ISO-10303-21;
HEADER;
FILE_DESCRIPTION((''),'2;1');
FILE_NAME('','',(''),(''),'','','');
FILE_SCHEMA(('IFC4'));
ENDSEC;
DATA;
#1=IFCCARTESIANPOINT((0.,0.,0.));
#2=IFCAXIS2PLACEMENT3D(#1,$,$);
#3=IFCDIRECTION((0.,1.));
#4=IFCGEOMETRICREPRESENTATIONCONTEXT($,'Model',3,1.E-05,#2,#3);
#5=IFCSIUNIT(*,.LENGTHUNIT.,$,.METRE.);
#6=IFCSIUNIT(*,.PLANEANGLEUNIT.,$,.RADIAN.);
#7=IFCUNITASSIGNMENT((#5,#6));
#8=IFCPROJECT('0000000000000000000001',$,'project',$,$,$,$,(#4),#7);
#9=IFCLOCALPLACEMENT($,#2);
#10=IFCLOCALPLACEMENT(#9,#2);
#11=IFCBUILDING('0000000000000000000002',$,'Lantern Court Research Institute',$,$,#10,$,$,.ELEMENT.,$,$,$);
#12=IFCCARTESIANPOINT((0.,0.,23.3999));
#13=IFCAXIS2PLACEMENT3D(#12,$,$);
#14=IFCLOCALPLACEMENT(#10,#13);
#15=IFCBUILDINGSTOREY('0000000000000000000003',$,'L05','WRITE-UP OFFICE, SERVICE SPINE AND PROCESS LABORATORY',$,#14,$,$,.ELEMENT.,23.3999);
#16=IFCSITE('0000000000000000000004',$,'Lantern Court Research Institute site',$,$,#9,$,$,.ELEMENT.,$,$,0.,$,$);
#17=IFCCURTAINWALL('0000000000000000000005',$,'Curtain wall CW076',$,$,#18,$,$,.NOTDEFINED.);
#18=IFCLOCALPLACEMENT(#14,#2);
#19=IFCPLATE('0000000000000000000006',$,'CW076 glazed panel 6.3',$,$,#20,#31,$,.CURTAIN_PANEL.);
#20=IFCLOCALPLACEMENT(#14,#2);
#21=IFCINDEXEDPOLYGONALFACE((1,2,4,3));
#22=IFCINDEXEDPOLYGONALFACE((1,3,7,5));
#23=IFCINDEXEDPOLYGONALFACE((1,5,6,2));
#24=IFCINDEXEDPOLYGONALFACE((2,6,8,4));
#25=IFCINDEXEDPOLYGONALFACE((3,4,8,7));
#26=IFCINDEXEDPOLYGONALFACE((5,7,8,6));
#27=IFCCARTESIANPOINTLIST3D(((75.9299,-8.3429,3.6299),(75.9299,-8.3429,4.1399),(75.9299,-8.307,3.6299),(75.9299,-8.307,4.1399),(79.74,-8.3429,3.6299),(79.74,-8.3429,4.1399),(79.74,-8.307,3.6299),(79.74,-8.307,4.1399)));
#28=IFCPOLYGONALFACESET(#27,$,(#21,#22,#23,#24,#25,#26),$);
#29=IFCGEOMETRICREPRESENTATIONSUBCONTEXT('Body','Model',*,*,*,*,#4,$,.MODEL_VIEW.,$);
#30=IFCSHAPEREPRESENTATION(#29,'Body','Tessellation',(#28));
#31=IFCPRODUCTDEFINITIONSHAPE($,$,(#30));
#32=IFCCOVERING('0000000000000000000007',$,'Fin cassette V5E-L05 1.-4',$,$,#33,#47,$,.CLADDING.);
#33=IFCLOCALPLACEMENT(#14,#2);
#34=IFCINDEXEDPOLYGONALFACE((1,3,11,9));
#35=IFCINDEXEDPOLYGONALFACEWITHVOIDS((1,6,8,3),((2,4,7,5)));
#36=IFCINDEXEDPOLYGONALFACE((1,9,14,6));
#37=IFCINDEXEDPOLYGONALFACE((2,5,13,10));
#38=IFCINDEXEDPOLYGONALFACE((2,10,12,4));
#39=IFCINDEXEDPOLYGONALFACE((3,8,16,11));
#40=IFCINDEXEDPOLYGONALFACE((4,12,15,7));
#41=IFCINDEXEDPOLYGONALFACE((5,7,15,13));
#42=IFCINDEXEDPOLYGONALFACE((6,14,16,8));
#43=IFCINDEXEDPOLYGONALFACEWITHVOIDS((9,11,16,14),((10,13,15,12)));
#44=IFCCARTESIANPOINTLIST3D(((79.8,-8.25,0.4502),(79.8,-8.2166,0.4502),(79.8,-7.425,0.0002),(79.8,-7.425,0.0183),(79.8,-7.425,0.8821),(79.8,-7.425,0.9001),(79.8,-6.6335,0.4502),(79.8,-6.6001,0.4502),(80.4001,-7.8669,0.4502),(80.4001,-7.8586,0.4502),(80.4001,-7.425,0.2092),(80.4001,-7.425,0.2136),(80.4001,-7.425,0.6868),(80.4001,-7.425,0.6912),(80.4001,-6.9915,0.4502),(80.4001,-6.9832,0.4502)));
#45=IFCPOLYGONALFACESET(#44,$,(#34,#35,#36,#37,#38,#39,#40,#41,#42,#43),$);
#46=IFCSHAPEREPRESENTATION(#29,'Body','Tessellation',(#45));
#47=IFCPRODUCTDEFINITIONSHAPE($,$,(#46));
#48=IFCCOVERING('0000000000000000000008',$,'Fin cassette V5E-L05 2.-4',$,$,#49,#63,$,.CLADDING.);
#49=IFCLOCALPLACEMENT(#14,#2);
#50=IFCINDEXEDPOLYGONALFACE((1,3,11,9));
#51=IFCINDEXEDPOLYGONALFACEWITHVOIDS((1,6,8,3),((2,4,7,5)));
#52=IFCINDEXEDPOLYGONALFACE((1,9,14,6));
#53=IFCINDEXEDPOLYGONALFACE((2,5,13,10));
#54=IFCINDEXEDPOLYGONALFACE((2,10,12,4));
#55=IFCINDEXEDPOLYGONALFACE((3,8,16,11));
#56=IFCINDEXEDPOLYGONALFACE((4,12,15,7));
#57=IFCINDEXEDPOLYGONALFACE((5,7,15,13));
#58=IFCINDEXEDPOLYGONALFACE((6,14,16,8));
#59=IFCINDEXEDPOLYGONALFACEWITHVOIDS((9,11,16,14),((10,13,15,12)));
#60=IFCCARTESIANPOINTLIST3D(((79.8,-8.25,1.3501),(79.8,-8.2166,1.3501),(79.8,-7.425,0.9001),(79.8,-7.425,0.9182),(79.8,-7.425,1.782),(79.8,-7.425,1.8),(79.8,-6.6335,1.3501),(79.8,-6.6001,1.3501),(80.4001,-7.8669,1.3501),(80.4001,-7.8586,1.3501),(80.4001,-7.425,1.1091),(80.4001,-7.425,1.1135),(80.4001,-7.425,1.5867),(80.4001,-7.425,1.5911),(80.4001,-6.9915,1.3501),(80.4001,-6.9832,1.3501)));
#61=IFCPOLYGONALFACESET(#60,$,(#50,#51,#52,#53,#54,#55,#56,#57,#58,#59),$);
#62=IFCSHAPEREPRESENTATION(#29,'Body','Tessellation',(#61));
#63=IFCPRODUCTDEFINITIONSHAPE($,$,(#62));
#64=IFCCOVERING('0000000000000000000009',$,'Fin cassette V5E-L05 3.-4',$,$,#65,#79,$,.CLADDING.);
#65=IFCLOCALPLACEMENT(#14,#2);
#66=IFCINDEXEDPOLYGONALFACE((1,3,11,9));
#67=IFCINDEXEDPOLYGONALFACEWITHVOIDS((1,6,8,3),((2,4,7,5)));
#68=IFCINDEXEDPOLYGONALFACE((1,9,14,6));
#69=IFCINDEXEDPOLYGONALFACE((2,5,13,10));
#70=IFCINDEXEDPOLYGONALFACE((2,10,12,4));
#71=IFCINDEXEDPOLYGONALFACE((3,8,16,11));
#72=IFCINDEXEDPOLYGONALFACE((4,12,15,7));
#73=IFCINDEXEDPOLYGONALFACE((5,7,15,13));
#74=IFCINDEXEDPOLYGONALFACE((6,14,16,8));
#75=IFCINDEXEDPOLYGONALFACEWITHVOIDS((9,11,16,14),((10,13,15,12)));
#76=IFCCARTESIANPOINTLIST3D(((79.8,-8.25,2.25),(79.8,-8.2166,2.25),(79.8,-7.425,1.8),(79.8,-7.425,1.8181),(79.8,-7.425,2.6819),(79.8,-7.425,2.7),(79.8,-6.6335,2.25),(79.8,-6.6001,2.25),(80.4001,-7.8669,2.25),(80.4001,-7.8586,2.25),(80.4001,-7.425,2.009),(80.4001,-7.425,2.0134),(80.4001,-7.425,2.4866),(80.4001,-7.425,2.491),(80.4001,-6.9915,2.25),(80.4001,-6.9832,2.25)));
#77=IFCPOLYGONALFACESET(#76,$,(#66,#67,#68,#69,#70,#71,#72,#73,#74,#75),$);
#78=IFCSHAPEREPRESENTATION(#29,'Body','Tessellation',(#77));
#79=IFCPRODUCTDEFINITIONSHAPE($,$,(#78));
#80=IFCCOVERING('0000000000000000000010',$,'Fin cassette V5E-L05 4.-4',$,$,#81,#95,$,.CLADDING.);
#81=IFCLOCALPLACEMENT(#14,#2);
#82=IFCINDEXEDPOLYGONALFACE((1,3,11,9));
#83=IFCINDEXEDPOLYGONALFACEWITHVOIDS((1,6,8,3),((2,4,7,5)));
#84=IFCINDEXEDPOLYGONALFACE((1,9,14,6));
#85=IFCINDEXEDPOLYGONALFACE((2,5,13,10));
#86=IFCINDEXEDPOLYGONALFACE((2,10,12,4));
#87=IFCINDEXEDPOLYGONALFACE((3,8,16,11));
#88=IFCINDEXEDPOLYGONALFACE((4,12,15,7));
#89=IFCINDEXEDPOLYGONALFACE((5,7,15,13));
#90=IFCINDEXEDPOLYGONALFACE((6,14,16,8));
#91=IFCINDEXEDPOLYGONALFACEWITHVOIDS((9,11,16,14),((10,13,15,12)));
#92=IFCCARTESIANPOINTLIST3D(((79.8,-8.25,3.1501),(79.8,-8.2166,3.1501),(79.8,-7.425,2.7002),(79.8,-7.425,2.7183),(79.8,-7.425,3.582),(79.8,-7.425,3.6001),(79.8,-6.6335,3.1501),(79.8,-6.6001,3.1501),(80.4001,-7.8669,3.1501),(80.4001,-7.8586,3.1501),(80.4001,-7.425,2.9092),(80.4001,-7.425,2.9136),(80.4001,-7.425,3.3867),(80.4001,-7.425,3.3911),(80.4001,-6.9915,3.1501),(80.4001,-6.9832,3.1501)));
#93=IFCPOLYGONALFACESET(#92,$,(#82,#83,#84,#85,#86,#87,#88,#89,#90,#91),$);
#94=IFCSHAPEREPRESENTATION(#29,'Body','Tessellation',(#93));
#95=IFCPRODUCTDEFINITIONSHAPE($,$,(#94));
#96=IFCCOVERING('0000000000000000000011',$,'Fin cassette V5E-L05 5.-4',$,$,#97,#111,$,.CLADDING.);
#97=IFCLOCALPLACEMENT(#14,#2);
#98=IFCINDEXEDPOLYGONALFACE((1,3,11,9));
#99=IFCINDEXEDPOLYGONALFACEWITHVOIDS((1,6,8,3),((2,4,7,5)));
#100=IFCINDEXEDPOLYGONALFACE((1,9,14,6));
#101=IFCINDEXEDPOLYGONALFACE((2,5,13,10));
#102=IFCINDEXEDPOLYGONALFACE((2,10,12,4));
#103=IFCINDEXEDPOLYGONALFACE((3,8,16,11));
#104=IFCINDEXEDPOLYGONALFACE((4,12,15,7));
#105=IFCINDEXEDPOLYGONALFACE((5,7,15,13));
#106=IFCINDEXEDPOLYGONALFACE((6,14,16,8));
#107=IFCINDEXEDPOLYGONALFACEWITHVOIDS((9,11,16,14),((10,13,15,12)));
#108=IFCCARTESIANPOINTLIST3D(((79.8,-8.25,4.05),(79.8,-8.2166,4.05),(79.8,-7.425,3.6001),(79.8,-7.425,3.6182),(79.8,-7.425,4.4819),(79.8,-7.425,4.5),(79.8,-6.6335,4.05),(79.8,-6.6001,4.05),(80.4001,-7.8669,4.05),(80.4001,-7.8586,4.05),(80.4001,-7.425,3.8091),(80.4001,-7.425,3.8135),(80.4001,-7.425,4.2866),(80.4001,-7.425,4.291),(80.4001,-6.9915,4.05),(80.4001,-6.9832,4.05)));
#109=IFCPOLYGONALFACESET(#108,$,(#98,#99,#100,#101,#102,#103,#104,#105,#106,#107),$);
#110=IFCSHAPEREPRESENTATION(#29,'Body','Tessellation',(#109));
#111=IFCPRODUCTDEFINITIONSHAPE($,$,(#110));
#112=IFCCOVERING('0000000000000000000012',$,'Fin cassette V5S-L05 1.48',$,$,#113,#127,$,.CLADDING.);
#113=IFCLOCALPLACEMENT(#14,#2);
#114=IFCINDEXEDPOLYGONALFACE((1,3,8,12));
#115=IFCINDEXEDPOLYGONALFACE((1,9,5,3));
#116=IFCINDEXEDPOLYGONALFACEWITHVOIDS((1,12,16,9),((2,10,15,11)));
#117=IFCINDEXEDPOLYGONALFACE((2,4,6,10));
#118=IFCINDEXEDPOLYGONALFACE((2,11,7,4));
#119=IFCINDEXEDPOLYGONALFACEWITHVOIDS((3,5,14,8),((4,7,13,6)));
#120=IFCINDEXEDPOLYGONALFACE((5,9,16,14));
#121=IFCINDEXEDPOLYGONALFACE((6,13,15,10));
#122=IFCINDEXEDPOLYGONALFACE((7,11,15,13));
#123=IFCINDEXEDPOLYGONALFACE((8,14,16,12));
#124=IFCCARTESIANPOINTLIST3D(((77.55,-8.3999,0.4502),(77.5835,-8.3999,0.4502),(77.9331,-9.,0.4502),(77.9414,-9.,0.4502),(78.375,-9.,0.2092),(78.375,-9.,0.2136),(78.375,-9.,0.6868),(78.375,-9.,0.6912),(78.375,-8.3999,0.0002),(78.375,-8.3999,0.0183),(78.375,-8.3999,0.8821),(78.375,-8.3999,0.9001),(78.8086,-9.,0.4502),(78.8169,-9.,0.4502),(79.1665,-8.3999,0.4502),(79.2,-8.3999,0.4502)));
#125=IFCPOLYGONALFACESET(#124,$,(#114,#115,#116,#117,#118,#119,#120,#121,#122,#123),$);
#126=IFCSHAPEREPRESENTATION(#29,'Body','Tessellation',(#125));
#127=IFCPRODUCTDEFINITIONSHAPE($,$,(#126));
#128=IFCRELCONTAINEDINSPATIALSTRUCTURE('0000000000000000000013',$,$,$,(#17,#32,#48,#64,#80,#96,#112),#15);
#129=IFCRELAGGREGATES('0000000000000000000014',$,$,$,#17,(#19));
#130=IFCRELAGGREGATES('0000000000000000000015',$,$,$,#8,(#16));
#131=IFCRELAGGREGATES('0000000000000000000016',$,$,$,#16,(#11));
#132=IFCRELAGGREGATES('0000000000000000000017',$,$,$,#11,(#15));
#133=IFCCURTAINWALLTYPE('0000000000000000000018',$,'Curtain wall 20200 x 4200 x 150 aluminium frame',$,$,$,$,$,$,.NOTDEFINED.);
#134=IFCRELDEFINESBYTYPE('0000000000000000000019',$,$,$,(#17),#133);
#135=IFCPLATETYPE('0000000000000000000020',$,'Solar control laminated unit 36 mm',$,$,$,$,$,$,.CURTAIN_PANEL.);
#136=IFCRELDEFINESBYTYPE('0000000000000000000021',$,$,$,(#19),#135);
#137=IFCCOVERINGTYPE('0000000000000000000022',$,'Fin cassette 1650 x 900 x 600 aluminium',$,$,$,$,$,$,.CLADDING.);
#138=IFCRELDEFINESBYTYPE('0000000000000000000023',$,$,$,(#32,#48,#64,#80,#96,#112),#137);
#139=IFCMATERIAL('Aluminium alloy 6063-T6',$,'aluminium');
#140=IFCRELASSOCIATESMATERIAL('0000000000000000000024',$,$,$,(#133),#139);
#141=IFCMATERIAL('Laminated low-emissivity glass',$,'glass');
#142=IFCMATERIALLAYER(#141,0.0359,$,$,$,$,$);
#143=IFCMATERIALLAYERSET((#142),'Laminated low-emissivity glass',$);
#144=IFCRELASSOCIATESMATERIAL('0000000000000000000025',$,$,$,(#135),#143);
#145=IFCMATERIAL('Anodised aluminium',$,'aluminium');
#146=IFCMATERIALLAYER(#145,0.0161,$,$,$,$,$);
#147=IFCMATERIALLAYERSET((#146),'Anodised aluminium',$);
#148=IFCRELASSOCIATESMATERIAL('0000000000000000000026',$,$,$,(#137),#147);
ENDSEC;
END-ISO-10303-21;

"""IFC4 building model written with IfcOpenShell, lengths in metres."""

from ifc_helpers import new_model, entity, si_unit, direction, frame, origin, origin_2d, place, context, subcontext, project, spatial, rectangle, extrude, material, layer, layer_set, type_object, element, aggregate, save


model = new_model("IFC4")

# Units and contexts
model_context = context("Model", 3, precision=1e-05, world=origin(), true_north=direction((0.0, 1.0)))
body_context = subcontext(model_context, "Body", "Model", "MODEL_VIEW")
ifc_project = project(units=[si_unit("LENGTHUNIT", "METRE"), si_unit("PLANEANGLEUNIT", "RADIAN")], contexts=[model_context])

# Site, building, storey
site_placement = place(None, origin())
site = spatial("IfcSite", under=ifc_project, at=site_placement, Name="Lantern Court Research Institute site", CompositionType="ELEMENT", RefElevation=0.0)
building_placement = place(site_placement, origin())
building = spatial("IfcBuilding", under=site, at=building_placement, Name="Lantern Court Research Institute", CompositionType="ELEMENT")
storey_placement = place(building_placement, frame((0.0, 0.0, 23.3999)))
storey = spatial("IfcBuildingStorey", under=building, at=storey_placement, Name="L05", Description="WRITE-UP OFFICE, SERVICE SPINE AND PROCESS LABORATORY", CompositionType="ELEMENT", Elevation=23.3999)

# Curtain wall
ifc_material_1 = material(Name="Aluminium alloy 6063-T6", Category="aluminium")
curtain_wall_type_1 = type_object("IfcCurtainWallType", Name="Curtain wall 20200 x 4200 x 150 aluminium frame", PredefinedType="NOTDEFINED", material=ifc_material_1)
curtain_wall_1_placement = place(storey_placement, origin())
curtain_wall_1 = element("IfcCurtainWall", 1, at=curtain_wall_1_placement, inside=storey, type_object=curtain_wall_type_1, Name="Curtain wall CW076", PredefinedType="NOTDEFINED")

# Plate
ifc_material_2 = material(Name="Laminated low-emissivity glass", Category="glass")
ifc_layer_1 = layer(ifc_material_2, 0.0359)
ifc_layer_set_1 = layer_set([ifc_layer_1], Name="Laminated low-emissivity glass")
plate_type_1 = type_object("IfcPlateType", Name="Solar control laminated unit 36 mm", PredefinedType="CURTAIN_PANEL", material=ifc_layer_set_1)
plate_1_placement = place(storey_placement, frame((77.835, -8.325, 3.6299), z_axis=(0.0, 0.0, 1.0), x_axis=(-1.0, 0.0, 0.0)))
plate_1 = element("IfcPlate", 2, at=plate_1_placement, type_object=plate_type_1, Name="CW076 glazed panel 6.3", PredefinedType="CURTAIN_PANEL", context=body_context, shape_type="SweptSolid", body=[
    extrude(rectangle(XDim=3.8101, YDim=0.0359, at=origin_2d()), origin(), (0.0, 0.0, 1.0), 0.51),
])
aggregate(curtain_wall_1, [plate_1])

# Coverings
ifc_material_3 = material(Name="Anodised aluminium", Category="aluminium")
ifc_layer_2 = layer(ifc_material_3, 0.0161)
ifc_layer_set_2 = layer_set([ifc_layer_2], Name="Anodised aluminium")
covering_type = type_object("IfcCoveringType", Name="Fin cassette 1650 x 900 x 600 aluminium", PredefinedType="CLADDING", material=ifc_layer_set_2)
covering_1_placement = place(storey_placement, frame((79.8, -7.425, 0.4502), z_axis=(1.0, 0.0, 0.0), x_axis=(0.0, 1.0, 0.0)))
cartesian_point_1 = entity("IfcCartesianPoint", [0.825, 0.0])
cartesian_point_2 = entity("IfcCartesianPoint", [0.7915, 0.0])
cartesian_point_3 = entity("IfcCartesianPoint", [0.4419, 0.0])
cartesian_point_4 = entity("IfcCartesianPoint", [0.4336, 0.0])
element("IfcCovering", 3, at=covering_1_placement, inside=storey, type_object=covering_type, Name="Fin cassette V5E-L05 1.-4", PredefinedType="CLADDING", context=body_context, shape_type="SweptSolid", body=[
    entity("IfcExtrudedAreaSolidTapered", entity("IfcArbitraryProfileDefWithVoids", "AREA", None, entity("IfcPolyline", [cartesian_point_1, entity("IfcCartesianPoint", [0.0, 0.45]), entity("IfcCartesianPoint", [-0.825, 0.0]), entity("IfcCartesianPoint", [0.0, -0.45]), cartesian_point_1]), [entity("IfcPolyline", [cartesian_point_2, entity("IfcCartesianPoint", [0.0, 0.4319]), entity("IfcCartesianPoint", [-0.7915, 0.0]), entity("IfcCartesianPoint", [0.0, -0.4319]), cartesian_point_2])]), entity("IfcAxis2Placement3D", entity("IfcCartesianPoint", [0.0, 0.0, 0.0])), entity("IfcDirection", [0.0, 0.0, 1.0]), 0.6001, entity("IfcArbitraryProfileDefWithVoids", "AREA", None, entity("IfcPolyline", [cartesian_point_3, entity("IfcCartesianPoint", [0.0, 0.241]), entity("IfcCartesianPoint", [-0.4419, 0.0]), entity("IfcCartesianPoint", [0.0, -0.241]), cartesian_point_3]), [entity("IfcPolyline", [cartesian_point_4, entity("IfcCartesianPoint", [0.0, 0.2366]), entity("IfcCartesianPoint", [-0.4336, 0.0]), entity("IfcCartesianPoint", [0.0, -0.2366]), cartesian_point_4])])),
])
covering_2_placement = place(storey_placement, frame((79.8, -7.425, 1.3501), z_axis=(1.0, 0.0, 0.0), x_axis=(0.0, 1.0, 0.0)))
cartesian_point_5 = entity("IfcCartesianPoint", [0.825, 0.0])
cartesian_point_6 = entity("IfcCartesianPoint", [0.7915, 0.0])
cartesian_point_7 = entity("IfcCartesianPoint", [0.4419, 0.0])
cartesian_point_8 = entity("IfcCartesianPoint", [0.4336, 0.0])
element("IfcCovering", 4, at=covering_2_placement, inside=storey, type_object=covering_type, Name="Fin cassette V5E-L05 2.-4", PredefinedType="CLADDING", context=body_context, shape_type="SweptSolid", body=[
    entity("IfcExtrudedAreaSolidTapered", entity("IfcArbitraryProfileDefWithVoids", "AREA", None, entity("IfcPolyline", [cartesian_point_5, entity("IfcCartesianPoint", [0.0, 0.45]), entity("IfcCartesianPoint", [-0.825, 0.0]), entity("IfcCartesianPoint", [0.0, -0.45]), cartesian_point_5]), [entity("IfcPolyline", [cartesian_point_6, entity("IfcCartesianPoint", [0.0, 0.4319]), entity("IfcCartesianPoint", [-0.7915, 0.0]), entity("IfcCartesianPoint", [0.0, -0.4319]), cartesian_point_6])]), entity("IfcAxis2Placement3D", entity("IfcCartesianPoint", [0.0, 0.0, 0.0])), entity("IfcDirection", [0.0, 0.0, 1.0]), 0.6001, entity("IfcArbitraryProfileDefWithVoids", "AREA", None, entity("IfcPolyline", [cartesian_point_7, entity("IfcCartesianPoint", [0.0, 0.241]), entity("IfcCartesianPoint", [-0.4419, 0.0]), entity("IfcCartesianPoint", [0.0, -0.241]), cartesian_point_7]), [entity("IfcPolyline", [cartesian_point_8, entity("IfcCartesianPoint", [0.0, 0.2366]), entity("IfcCartesianPoint", [-0.4336, 0.0]), entity("IfcCartesianPoint", [0.0, -0.2366]), cartesian_point_8])])),
])
covering_3_placement = place(storey_placement, frame((79.8, -7.425, 2.25), z_axis=(1.0, 0.0, 0.0), x_axis=(0.0, 1.0, 0.0)))
cartesian_point_9 = entity("IfcCartesianPoint", [0.825, 0.0])
cartesian_point_10 = entity("IfcCartesianPoint", [0.7915, 0.0])
cartesian_point_11 = entity("IfcCartesianPoint", [0.4419, 0.0])
cartesian_point_12 = entity("IfcCartesianPoint", [0.4336, 0.0])
element("IfcCovering", 5, at=covering_3_placement, inside=storey, type_object=covering_type, Name="Fin cassette V5E-L05 3.-4", PredefinedType="CLADDING", context=body_context, shape_type="SweptSolid", body=[
    entity("IfcExtrudedAreaSolidTapered", entity("IfcArbitraryProfileDefWithVoids", "AREA", None, entity("IfcPolyline", [cartesian_point_9, entity("IfcCartesianPoint", [0.0, 0.45]), entity("IfcCartesianPoint", [-0.825, 0.0]), entity("IfcCartesianPoint", [0.0, -0.45]), cartesian_point_9]), [entity("IfcPolyline", [cartesian_point_10, entity("IfcCartesianPoint", [0.0, 0.4319]), entity("IfcCartesianPoint", [-0.7915, 0.0]), entity("IfcCartesianPoint", [0.0, -0.4319]), cartesian_point_10])]), entity("IfcAxis2Placement3D", entity("IfcCartesianPoint", [0.0, 0.0, 0.0])), entity("IfcDirection", [0.0, 0.0, 1.0]), 0.6001, entity("IfcArbitraryProfileDefWithVoids", "AREA", None, entity("IfcPolyline", [cartesian_point_11, entity("IfcCartesianPoint", [0.0, 0.241]), entity("IfcCartesianPoint", [-0.4419, 0.0]), entity("IfcCartesianPoint", [0.0, -0.241]), cartesian_point_11]), [entity("IfcPolyline", [cartesian_point_12, entity("IfcCartesianPoint", [0.0, 0.2366]), entity("IfcCartesianPoint", [-0.4336, 0.0]), entity("IfcCartesianPoint", [0.0, -0.2366]), cartesian_point_12])])),
])
covering_4_placement = place(storey_placement, frame((79.8, -7.425, 3.1501), z_axis=(1.0, 0.0, 0.0), x_axis=(0.0, 1.0, 0.0)))
cartesian_point_13 = entity("IfcCartesianPoint", [0.825, 0.0])
cartesian_point_14 = entity("IfcCartesianPoint", [0.7915, 0.0])
cartesian_point_15 = entity("IfcCartesianPoint", [0.4419, 0.0])
cartesian_point_16 = entity("IfcCartesianPoint", [0.4336, 0.0])
element("IfcCovering", 6, at=covering_4_placement, inside=storey, type_object=covering_type, Name="Fin cassette V5E-L05 4.-4", PredefinedType="CLADDING", context=body_context, shape_type="SweptSolid", body=[
    entity("IfcExtrudedAreaSolidTapered", entity("IfcArbitraryProfileDefWithVoids", "AREA", None, entity("IfcPolyline", [cartesian_point_13, entity("IfcCartesianPoint", [0.0, 0.45]), entity("IfcCartesianPoint", [-0.825, 0.0]), entity("IfcCartesianPoint", [0.0, -0.45]), cartesian_point_13]), [entity("IfcPolyline", [cartesian_point_14, entity("IfcCartesianPoint", [0.0, 0.4319]), entity("IfcCartesianPoint", [-0.7915, 0.0]), entity("IfcCartesianPoint", [0.0, -0.4319]), cartesian_point_14])]), entity("IfcAxis2Placement3D", entity("IfcCartesianPoint", [0.0, 0.0, 0.0])), entity("IfcDirection", [0.0, 0.0, 1.0]), 0.6001, entity("IfcArbitraryProfileDefWithVoids", "AREA", None, entity("IfcPolyline", [cartesian_point_15, entity("IfcCartesianPoint", [0.0, 0.241]), entity("IfcCartesianPoint", [-0.4419, 0.0]), entity("IfcCartesianPoint", [0.0, -0.241]), cartesian_point_15]), [entity("IfcPolyline", [cartesian_point_16, entity("IfcCartesianPoint", [0.0, 0.2366]), entity("IfcCartesianPoint", [-0.4336, 0.0]), entity("IfcCartesianPoint", [0.0, -0.2366]), cartesian_point_16])])),
])
covering_5_placement = place(storey_placement, frame((79.8, -7.425, 4.05), z_axis=(1.0, 0.0, 0.0), x_axis=(0.0, 1.0, 0.0)))
cartesian_point_17 = entity("IfcCartesianPoint", [0.825, 0.0])
cartesian_point_18 = entity("IfcCartesianPoint", [0.7915, 0.0])
cartesian_point_19 = entity("IfcCartesianPoint", [0.4419, 0.0])
cartesian_point_20 = entity("IfcCartesianPoint", [0.4336, 0.0])
element("IfcCovering", 7, at=covering_5_placement, inside=storey, type_object=covering_type, Name="Fin cassette V5E-L05 5.-4", PredefinedType="CLADDING", context=body_context, shape_type="SweptSolid", body=[
    entity("IfcExtrudedAreaSolidTapered", entity("IfcArbitraryProfileDefWithVoids", "AREA", None, entity("IfcPolyline", [cartesian_point_17, entity("IfcCartesianPoint", [0.0, 0.45]), entity("IfcCartesianPoint", [-0.825, 0.0]), entity("IfcCartesianPoint", [0.0, -0.45]), cartesian_point_17]), [entity("IfcPolyline", [cartesian_point_18, entity("IfcCartesianPoint", [0.0, 0.4319]), entity("IfcCartesianPoint", [-0.7915, 0.0]), entity("IfcCartesianPoint", [0.0, -0.4319]), cartesian_point_18])]), entity("IfcAxis2Placement3D", entity("IfcCartesianPoint", [0.0, 0.0, 0.0])), entity("IfcDirection", [0.0, 0.0, 1.0]), 0.6001, entity("IfcArbitraryProfileDefWithVoids", "AREA", None, entity("IfcPolyline", [cartesian_point_19, entity("IfcCartesianPoint", [0.0, 0.241]), entity("IfcCartesianPoint", [-0.4419, 0.0]), entity("IfcCartesianPoint", [0.0, -0.241]), cartesian_point_19]), [entity("IfcPolyline", [cartesian_point_20, entity("IfcCartesianPoint", [0.0, 0.2366]), entity("IfcCartesianPoint", [-0.4336, 0.0]), entity("IfcCartesianPoint", [0.0, -0.2366]), cartesian_point_20])])),
])
covering_6_placement = place(storey_placement, frame((78.375, -8.3999, 0.4502), z_axis=(0.0, -1.0, 0.0), x_axis=(1.0, 0.0, 0.0)))
cartesian_point_21 = entity("IfcCartesianPoint", [0.825, 0.0])
cartesian_point_22 = entity("IfcCartesianPoint", [0.7915, 0.0])
cartesian_point_23 = entity("IfcCartesianPoint", [0.4419, 0.0])
cartesian_point_24 = entity("IfcCartesianPoint", [0.4336, 0.0])
element("IfcCovering", 8, at=covering_6_placement, inside=storey, type_object=covering_type, Name="Fin cassette V5S-L05 1.48", PredefinedType="CLADDING", context=body_context, shape_type="SweptSolid", body=[
    entity("IfcExtrudedAreaSolidTapered", entity("IfcArbitraryProfileDefWithVoids", "AREA", None, entity("IfcPolyline", [cartesian_point_21, entity("IfcCartesianPoint", [0.0, 0.45]), entity("IfcCartesianPoint", [-0.825, 0.0]), entity("IfcCartesianPoint", [0.0, -0.45]), cartesian_point_21]), [entity("IfcPolyline", [cartesian_point_22, entity("IfcCartesianPoint", [0.0, 0.4319]), entity("IfcCartesianPoint", [-0.7915, 0.0]), entity("IfcCartesianPoint", [0.0, -0.4319]), cartesian_point_22])]), entity("IfcAxis2Placement3D", entity("IfcCartesianPoint", [0.0, 0.0, 0.0])), entity("IfcDirection", [0.0, 0.0, 1.0]), 0.6001, entity("IfcArbitraryProfileDefWithVoids", "AREA", None, entity("IfcPolyline", [cartesian_point_23, entity("IfcCartesianPoint", [0.0, 0.241]), entity("IfcCartesianPoint", [-0.4419, 0.0]), entity("IfcCartesianPoint", [0.0, -0.241]), cartesian_point_23]), [entity("IfcPolyline", [cartesian_point_24, entity("IfcCartesianPoint", [0.0, 0.2366]), entity("IfcCartesianPoint", [-0.4336, 0.0]), entity("IfcCartesianPoint", [0.0, -0.2366]), cartesian_point_24])])),
])

save(model, "model.ifc")
